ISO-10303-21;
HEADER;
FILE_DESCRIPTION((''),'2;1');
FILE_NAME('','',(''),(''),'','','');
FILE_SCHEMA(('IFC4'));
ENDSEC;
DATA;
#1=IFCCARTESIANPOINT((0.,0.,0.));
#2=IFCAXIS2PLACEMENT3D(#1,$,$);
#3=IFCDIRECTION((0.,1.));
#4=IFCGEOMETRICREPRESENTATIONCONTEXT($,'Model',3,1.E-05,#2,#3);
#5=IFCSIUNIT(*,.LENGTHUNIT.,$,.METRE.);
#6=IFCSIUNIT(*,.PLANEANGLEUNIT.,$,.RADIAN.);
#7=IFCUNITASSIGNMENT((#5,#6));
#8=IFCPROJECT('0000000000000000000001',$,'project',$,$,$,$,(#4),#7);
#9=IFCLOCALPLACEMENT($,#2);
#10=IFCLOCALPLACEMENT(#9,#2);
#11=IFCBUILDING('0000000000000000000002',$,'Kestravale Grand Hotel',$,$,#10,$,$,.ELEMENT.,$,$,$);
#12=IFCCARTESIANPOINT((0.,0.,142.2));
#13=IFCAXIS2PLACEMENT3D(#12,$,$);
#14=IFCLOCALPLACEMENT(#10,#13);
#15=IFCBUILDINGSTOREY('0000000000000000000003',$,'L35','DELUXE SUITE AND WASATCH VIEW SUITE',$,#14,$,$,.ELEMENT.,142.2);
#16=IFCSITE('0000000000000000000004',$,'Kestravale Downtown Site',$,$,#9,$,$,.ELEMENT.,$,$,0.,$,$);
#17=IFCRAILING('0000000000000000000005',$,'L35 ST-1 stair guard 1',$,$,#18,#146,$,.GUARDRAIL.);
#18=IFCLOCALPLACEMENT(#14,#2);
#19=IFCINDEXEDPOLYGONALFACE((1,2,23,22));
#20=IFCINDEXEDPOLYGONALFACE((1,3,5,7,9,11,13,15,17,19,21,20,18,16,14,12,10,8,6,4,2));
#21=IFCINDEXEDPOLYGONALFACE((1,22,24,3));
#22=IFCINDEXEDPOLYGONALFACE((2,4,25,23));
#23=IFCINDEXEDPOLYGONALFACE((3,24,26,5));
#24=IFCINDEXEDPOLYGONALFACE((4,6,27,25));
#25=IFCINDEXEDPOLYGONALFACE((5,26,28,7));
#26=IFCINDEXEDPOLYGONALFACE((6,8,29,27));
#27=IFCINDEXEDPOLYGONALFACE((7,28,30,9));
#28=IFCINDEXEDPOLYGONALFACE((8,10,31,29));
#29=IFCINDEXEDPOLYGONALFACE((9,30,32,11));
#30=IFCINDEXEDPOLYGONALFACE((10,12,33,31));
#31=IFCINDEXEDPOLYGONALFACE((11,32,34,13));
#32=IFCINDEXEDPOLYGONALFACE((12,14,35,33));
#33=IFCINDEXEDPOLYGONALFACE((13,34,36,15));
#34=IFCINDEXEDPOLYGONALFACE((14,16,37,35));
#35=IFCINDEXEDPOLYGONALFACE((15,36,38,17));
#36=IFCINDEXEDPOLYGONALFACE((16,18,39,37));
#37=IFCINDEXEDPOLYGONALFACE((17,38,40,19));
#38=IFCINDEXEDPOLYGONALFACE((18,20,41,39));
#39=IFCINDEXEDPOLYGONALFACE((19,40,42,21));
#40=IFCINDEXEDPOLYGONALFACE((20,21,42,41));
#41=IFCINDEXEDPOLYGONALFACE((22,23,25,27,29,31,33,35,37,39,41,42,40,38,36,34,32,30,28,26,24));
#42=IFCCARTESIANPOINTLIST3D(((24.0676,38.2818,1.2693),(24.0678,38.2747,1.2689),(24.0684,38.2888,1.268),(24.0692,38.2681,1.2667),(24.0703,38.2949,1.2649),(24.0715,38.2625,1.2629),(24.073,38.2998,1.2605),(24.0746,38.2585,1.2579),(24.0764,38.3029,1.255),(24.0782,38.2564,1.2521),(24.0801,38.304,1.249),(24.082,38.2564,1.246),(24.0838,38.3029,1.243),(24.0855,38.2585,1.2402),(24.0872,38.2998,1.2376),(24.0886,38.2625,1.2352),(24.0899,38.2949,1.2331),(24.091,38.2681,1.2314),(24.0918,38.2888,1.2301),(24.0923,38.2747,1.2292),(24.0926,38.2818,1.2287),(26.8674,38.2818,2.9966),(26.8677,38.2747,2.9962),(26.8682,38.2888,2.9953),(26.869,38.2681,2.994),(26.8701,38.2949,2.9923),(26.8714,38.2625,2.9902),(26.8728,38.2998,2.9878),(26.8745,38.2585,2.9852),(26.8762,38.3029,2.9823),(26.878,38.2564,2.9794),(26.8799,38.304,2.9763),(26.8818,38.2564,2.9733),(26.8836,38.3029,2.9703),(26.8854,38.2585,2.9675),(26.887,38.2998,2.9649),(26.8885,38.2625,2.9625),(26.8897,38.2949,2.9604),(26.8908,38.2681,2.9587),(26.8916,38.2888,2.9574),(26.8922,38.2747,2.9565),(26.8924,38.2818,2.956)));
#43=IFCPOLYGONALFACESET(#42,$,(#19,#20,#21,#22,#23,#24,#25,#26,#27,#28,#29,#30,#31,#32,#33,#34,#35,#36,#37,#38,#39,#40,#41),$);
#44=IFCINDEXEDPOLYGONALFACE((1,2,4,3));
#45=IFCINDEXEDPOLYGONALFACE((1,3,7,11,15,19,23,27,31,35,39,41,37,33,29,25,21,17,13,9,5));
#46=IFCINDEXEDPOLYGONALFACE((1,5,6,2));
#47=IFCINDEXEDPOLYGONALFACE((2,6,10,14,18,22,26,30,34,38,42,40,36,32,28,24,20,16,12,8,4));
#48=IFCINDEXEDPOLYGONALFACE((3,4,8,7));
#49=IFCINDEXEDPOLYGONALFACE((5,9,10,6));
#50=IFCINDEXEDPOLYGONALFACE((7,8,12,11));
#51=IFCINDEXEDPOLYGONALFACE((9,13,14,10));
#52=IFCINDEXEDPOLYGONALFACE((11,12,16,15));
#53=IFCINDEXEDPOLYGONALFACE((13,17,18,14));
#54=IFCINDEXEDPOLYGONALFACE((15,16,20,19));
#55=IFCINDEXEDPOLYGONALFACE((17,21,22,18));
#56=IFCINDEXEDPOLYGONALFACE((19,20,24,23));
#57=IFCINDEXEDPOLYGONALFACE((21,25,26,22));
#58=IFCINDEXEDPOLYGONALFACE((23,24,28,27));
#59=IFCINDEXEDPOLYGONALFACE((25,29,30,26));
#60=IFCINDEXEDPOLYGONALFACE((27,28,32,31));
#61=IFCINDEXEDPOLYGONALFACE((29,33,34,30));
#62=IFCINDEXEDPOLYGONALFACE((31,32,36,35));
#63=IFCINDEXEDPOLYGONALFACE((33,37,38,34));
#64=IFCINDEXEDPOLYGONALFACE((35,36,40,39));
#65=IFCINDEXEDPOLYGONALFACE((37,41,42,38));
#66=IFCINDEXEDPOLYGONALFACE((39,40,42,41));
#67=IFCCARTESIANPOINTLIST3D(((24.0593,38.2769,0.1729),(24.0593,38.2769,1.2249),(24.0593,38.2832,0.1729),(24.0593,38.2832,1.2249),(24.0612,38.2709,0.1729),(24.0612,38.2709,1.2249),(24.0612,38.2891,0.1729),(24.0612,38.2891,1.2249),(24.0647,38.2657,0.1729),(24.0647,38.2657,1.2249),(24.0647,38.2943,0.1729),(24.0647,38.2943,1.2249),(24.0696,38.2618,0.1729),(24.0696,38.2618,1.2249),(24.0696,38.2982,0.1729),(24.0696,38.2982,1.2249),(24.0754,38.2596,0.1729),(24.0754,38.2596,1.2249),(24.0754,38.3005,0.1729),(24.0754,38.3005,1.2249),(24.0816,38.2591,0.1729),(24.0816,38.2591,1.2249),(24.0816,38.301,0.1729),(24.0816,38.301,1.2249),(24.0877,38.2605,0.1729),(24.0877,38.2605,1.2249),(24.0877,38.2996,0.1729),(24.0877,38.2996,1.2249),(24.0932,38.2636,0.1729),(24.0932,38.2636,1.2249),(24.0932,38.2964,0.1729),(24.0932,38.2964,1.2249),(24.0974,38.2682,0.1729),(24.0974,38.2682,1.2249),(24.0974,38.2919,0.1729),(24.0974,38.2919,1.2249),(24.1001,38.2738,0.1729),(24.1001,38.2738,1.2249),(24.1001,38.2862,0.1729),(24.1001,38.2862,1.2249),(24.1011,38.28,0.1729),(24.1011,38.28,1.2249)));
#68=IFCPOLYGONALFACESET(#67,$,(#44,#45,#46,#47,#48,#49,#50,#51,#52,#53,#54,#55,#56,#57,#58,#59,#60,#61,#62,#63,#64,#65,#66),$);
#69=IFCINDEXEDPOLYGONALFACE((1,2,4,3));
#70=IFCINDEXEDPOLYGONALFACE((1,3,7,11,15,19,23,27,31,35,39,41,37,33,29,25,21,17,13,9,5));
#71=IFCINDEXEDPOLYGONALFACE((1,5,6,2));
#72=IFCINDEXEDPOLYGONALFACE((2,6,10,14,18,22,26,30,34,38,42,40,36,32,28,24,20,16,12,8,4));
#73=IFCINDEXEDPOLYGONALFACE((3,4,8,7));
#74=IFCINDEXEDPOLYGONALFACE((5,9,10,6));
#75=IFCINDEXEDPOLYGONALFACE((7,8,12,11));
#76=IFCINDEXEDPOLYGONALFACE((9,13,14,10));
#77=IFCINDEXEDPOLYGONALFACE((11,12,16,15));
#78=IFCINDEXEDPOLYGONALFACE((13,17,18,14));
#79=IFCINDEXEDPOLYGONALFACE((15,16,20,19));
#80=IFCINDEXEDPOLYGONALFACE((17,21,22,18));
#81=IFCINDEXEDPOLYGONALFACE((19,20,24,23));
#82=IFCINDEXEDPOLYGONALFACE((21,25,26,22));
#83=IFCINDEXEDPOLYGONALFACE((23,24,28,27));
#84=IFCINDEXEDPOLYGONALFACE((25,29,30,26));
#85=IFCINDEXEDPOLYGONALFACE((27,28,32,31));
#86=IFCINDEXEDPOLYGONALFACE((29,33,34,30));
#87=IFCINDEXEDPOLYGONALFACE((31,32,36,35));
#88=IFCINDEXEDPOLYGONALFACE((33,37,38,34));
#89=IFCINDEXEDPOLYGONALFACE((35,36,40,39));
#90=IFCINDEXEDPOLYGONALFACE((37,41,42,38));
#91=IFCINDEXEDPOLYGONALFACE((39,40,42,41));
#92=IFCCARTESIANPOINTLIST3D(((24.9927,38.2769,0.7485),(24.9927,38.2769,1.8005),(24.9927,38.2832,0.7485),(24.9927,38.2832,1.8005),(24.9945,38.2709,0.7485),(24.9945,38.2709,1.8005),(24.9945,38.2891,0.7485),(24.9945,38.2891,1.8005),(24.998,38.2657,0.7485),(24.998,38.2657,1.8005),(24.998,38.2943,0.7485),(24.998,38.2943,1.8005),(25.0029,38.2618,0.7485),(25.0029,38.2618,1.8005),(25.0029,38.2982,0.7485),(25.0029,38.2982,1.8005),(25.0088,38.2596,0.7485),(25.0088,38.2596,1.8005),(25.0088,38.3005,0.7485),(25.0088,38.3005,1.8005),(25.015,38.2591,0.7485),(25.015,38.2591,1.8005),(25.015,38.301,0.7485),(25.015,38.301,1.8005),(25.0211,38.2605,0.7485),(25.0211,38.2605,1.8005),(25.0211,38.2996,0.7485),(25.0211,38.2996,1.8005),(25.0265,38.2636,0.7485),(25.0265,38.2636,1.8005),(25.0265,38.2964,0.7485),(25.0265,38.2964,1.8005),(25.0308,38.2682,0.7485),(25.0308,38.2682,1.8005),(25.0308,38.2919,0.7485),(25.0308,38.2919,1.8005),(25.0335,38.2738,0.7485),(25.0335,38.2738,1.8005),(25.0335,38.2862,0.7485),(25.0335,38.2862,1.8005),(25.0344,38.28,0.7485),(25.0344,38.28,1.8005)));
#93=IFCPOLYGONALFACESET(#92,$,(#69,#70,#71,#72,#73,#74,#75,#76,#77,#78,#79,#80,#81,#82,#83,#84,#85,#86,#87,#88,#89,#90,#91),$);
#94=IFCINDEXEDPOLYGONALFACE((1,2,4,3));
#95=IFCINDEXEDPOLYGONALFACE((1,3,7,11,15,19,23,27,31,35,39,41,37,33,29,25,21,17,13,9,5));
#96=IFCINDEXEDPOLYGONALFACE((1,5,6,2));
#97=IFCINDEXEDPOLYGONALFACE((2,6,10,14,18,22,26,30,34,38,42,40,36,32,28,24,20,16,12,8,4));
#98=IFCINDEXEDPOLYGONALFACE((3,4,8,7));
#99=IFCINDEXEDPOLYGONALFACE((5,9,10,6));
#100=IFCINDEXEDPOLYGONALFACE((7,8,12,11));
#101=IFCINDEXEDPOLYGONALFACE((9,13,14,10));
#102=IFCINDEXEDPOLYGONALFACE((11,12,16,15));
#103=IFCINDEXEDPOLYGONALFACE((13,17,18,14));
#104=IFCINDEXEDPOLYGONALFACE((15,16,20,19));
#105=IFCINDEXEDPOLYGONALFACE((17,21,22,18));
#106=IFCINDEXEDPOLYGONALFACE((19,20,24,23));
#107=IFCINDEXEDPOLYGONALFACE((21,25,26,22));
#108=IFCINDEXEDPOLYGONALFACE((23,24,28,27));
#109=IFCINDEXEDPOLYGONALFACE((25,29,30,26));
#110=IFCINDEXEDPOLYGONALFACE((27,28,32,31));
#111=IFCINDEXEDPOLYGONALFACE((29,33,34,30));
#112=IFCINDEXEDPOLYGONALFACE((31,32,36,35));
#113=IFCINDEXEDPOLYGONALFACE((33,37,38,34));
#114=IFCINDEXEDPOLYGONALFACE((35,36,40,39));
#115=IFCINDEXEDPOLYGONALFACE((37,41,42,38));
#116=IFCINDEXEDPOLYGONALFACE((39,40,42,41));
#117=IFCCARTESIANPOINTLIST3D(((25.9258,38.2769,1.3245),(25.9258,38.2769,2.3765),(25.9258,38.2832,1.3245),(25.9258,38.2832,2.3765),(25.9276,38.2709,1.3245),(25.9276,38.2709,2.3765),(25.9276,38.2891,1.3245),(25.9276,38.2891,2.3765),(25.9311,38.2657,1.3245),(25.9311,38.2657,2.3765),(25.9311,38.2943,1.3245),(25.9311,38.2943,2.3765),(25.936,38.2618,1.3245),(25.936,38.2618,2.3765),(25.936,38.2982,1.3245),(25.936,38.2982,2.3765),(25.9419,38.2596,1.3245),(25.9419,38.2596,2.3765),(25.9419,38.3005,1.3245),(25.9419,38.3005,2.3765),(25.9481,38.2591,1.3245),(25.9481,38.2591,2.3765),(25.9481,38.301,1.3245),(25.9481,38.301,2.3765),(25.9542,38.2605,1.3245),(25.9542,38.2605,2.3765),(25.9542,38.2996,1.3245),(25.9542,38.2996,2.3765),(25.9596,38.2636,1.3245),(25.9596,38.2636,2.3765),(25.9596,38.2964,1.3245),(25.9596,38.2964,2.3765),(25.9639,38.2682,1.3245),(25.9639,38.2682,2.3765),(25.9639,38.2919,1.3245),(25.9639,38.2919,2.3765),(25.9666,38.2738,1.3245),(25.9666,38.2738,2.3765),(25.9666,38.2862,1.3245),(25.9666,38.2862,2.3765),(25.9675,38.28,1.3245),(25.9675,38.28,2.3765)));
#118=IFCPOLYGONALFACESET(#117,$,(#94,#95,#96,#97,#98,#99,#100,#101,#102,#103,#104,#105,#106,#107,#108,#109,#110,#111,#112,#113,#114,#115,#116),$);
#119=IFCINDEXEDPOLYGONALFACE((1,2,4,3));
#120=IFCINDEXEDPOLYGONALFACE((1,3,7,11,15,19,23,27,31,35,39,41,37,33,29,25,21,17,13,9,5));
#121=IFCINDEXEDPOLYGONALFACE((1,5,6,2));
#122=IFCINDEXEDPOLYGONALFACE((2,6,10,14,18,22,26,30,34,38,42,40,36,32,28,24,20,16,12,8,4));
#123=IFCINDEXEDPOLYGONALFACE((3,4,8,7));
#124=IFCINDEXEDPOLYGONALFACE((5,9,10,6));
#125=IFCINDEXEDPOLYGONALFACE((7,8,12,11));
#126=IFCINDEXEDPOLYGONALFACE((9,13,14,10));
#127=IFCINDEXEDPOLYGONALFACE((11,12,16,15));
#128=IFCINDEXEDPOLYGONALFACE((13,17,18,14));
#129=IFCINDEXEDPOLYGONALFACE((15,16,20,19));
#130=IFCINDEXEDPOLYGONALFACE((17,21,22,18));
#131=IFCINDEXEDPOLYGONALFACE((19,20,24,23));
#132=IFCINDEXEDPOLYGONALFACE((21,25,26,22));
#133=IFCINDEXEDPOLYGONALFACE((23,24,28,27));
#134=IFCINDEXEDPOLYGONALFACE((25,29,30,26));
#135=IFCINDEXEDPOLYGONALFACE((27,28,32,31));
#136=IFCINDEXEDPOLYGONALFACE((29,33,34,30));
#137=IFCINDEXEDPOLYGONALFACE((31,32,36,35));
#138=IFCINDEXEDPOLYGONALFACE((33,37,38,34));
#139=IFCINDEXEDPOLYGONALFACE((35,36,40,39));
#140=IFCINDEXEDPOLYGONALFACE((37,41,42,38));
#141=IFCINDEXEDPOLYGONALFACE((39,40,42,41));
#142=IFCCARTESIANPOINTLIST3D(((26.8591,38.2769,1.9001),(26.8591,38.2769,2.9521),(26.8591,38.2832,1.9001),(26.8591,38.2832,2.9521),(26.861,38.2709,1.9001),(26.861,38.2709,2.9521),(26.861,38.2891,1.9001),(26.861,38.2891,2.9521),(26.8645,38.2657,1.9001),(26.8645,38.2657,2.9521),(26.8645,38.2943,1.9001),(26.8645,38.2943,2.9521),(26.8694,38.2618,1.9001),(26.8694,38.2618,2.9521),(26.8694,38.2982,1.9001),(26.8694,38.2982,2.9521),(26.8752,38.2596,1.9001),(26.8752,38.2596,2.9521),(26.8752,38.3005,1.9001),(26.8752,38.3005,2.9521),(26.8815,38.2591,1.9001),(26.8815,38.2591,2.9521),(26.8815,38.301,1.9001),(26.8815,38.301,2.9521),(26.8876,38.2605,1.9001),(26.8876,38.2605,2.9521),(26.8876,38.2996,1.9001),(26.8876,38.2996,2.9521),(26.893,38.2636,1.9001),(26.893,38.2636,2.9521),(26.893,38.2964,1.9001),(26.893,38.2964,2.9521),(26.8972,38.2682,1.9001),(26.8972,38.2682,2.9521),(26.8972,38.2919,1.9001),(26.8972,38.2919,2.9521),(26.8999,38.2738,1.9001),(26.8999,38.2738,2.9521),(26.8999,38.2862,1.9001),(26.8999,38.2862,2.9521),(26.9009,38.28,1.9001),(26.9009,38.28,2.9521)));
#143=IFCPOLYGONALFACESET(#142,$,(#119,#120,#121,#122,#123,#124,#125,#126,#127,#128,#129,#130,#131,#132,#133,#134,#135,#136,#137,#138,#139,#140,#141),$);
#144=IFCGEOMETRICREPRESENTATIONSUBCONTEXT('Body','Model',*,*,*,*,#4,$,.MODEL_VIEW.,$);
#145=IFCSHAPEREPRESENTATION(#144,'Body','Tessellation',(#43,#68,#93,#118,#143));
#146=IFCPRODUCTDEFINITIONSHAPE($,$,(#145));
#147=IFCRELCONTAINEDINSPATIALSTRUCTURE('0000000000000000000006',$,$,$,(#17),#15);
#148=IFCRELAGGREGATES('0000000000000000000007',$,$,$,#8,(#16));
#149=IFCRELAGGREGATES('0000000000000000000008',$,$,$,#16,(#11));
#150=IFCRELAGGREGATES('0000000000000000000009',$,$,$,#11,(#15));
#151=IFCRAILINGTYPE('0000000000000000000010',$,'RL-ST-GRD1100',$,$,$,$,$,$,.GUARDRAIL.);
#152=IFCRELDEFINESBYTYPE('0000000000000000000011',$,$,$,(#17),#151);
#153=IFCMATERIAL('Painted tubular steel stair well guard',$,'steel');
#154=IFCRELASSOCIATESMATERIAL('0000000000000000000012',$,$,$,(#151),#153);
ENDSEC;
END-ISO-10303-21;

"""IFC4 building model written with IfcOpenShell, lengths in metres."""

from ifc_helpers import new_model, si_unit, direction, frame, origin, origin_2d, place, context, subcontext, project, spatial, circle, extrude, material, type_object, element, save


model = new_model("IFC4")

# Units and contexts
model_context = context("Model", 3, precision=1e-05, world=origin(), true_north=direction((0.0, 1.0)))
body_context = subcontext(model_context, "Body", "Model", "MODEL_VIEW")
ifc_project = project(units=[si_unit("LENGTHUNIT", "METRE"), si_unit("PLANEANGLEUNIT", "RADIAN")], contexts=[model_context])

# Site, building, storey
site_placement = place(None, origin())
site = spatial("IfcSite", under=ifc_project, at=site_placement, Name="Kestravale Downtown Site", CompositionType="ELEMENT", RefElevation=0.0)
building_placement = place(site_placement, origin())
building = spatial("IfcBuilding", under=site, at=building_placement, Name="Kestravale Grand Hotel", CompositionType="ELEMENT")
storey_placement = place(building_placement, frame((0.0, 0.0, 142.2)))
storey = spatial("IfcBuildingStorey", under=building, at=storey_placement, Name="L35", Description="DELUXE SUITE AND WASATCH VIEW SUITE", CompositionType="ELEMENT", Elevation=142.2)

# Railing
ifc_material_1 = material(Name="Painted tubular steel stair well guard", Category="steel")
railing_type_1 = type_object("IfcRailingType", Name="RL-ST-GRD1100", PredefinedType="GUARDRAIL", material=ifc_material_1)
railing_1_placement = place(storey_placement, frame((24.0801, 38.28, 0.1729)))
element("IfcRailing", 1, at=railing_1_placement, inside=storey, type_object=railing_type_1, Name="L35 ST-1 stair guard 1", PredefinedType="GUARDRAIL", context=body_context, shape_type="SweptSolid", body=[
    extrude(circle(Radius=0.0239, at=origin_2d()), frame((0.0, 0.0, 1.0762), z_axis=(0.851069, 0.0, 0.525054), x_axis=(0.0, 1.0, 0.0)), (0.0, 0.0, 1.0), 3.2898),
    extrude(circle(Radius=0.021, at=origin_2d()), origin(), (0.0, 0.0, 1.0), 1.052),
    extrude(circle(Radius=0.021, at=origin_2d()), frame((0.9333, 0.0, 0.5757)), (0.0, 0.0, 1.0), 1.052),
    extrude(circle(Radius=0.021, at=origin_2d()), frame((1.8665, 0.0, 1.1516)), (0.0, 0.0, 1.0), 1.052),
    extrude(circle(Radius=0.021, at=origin_2d()), frame((2.7998, 0.0, 1.7273)), (0.0, 0.0, 1.0), 1.052),
])

save(model, "model.ifc")
